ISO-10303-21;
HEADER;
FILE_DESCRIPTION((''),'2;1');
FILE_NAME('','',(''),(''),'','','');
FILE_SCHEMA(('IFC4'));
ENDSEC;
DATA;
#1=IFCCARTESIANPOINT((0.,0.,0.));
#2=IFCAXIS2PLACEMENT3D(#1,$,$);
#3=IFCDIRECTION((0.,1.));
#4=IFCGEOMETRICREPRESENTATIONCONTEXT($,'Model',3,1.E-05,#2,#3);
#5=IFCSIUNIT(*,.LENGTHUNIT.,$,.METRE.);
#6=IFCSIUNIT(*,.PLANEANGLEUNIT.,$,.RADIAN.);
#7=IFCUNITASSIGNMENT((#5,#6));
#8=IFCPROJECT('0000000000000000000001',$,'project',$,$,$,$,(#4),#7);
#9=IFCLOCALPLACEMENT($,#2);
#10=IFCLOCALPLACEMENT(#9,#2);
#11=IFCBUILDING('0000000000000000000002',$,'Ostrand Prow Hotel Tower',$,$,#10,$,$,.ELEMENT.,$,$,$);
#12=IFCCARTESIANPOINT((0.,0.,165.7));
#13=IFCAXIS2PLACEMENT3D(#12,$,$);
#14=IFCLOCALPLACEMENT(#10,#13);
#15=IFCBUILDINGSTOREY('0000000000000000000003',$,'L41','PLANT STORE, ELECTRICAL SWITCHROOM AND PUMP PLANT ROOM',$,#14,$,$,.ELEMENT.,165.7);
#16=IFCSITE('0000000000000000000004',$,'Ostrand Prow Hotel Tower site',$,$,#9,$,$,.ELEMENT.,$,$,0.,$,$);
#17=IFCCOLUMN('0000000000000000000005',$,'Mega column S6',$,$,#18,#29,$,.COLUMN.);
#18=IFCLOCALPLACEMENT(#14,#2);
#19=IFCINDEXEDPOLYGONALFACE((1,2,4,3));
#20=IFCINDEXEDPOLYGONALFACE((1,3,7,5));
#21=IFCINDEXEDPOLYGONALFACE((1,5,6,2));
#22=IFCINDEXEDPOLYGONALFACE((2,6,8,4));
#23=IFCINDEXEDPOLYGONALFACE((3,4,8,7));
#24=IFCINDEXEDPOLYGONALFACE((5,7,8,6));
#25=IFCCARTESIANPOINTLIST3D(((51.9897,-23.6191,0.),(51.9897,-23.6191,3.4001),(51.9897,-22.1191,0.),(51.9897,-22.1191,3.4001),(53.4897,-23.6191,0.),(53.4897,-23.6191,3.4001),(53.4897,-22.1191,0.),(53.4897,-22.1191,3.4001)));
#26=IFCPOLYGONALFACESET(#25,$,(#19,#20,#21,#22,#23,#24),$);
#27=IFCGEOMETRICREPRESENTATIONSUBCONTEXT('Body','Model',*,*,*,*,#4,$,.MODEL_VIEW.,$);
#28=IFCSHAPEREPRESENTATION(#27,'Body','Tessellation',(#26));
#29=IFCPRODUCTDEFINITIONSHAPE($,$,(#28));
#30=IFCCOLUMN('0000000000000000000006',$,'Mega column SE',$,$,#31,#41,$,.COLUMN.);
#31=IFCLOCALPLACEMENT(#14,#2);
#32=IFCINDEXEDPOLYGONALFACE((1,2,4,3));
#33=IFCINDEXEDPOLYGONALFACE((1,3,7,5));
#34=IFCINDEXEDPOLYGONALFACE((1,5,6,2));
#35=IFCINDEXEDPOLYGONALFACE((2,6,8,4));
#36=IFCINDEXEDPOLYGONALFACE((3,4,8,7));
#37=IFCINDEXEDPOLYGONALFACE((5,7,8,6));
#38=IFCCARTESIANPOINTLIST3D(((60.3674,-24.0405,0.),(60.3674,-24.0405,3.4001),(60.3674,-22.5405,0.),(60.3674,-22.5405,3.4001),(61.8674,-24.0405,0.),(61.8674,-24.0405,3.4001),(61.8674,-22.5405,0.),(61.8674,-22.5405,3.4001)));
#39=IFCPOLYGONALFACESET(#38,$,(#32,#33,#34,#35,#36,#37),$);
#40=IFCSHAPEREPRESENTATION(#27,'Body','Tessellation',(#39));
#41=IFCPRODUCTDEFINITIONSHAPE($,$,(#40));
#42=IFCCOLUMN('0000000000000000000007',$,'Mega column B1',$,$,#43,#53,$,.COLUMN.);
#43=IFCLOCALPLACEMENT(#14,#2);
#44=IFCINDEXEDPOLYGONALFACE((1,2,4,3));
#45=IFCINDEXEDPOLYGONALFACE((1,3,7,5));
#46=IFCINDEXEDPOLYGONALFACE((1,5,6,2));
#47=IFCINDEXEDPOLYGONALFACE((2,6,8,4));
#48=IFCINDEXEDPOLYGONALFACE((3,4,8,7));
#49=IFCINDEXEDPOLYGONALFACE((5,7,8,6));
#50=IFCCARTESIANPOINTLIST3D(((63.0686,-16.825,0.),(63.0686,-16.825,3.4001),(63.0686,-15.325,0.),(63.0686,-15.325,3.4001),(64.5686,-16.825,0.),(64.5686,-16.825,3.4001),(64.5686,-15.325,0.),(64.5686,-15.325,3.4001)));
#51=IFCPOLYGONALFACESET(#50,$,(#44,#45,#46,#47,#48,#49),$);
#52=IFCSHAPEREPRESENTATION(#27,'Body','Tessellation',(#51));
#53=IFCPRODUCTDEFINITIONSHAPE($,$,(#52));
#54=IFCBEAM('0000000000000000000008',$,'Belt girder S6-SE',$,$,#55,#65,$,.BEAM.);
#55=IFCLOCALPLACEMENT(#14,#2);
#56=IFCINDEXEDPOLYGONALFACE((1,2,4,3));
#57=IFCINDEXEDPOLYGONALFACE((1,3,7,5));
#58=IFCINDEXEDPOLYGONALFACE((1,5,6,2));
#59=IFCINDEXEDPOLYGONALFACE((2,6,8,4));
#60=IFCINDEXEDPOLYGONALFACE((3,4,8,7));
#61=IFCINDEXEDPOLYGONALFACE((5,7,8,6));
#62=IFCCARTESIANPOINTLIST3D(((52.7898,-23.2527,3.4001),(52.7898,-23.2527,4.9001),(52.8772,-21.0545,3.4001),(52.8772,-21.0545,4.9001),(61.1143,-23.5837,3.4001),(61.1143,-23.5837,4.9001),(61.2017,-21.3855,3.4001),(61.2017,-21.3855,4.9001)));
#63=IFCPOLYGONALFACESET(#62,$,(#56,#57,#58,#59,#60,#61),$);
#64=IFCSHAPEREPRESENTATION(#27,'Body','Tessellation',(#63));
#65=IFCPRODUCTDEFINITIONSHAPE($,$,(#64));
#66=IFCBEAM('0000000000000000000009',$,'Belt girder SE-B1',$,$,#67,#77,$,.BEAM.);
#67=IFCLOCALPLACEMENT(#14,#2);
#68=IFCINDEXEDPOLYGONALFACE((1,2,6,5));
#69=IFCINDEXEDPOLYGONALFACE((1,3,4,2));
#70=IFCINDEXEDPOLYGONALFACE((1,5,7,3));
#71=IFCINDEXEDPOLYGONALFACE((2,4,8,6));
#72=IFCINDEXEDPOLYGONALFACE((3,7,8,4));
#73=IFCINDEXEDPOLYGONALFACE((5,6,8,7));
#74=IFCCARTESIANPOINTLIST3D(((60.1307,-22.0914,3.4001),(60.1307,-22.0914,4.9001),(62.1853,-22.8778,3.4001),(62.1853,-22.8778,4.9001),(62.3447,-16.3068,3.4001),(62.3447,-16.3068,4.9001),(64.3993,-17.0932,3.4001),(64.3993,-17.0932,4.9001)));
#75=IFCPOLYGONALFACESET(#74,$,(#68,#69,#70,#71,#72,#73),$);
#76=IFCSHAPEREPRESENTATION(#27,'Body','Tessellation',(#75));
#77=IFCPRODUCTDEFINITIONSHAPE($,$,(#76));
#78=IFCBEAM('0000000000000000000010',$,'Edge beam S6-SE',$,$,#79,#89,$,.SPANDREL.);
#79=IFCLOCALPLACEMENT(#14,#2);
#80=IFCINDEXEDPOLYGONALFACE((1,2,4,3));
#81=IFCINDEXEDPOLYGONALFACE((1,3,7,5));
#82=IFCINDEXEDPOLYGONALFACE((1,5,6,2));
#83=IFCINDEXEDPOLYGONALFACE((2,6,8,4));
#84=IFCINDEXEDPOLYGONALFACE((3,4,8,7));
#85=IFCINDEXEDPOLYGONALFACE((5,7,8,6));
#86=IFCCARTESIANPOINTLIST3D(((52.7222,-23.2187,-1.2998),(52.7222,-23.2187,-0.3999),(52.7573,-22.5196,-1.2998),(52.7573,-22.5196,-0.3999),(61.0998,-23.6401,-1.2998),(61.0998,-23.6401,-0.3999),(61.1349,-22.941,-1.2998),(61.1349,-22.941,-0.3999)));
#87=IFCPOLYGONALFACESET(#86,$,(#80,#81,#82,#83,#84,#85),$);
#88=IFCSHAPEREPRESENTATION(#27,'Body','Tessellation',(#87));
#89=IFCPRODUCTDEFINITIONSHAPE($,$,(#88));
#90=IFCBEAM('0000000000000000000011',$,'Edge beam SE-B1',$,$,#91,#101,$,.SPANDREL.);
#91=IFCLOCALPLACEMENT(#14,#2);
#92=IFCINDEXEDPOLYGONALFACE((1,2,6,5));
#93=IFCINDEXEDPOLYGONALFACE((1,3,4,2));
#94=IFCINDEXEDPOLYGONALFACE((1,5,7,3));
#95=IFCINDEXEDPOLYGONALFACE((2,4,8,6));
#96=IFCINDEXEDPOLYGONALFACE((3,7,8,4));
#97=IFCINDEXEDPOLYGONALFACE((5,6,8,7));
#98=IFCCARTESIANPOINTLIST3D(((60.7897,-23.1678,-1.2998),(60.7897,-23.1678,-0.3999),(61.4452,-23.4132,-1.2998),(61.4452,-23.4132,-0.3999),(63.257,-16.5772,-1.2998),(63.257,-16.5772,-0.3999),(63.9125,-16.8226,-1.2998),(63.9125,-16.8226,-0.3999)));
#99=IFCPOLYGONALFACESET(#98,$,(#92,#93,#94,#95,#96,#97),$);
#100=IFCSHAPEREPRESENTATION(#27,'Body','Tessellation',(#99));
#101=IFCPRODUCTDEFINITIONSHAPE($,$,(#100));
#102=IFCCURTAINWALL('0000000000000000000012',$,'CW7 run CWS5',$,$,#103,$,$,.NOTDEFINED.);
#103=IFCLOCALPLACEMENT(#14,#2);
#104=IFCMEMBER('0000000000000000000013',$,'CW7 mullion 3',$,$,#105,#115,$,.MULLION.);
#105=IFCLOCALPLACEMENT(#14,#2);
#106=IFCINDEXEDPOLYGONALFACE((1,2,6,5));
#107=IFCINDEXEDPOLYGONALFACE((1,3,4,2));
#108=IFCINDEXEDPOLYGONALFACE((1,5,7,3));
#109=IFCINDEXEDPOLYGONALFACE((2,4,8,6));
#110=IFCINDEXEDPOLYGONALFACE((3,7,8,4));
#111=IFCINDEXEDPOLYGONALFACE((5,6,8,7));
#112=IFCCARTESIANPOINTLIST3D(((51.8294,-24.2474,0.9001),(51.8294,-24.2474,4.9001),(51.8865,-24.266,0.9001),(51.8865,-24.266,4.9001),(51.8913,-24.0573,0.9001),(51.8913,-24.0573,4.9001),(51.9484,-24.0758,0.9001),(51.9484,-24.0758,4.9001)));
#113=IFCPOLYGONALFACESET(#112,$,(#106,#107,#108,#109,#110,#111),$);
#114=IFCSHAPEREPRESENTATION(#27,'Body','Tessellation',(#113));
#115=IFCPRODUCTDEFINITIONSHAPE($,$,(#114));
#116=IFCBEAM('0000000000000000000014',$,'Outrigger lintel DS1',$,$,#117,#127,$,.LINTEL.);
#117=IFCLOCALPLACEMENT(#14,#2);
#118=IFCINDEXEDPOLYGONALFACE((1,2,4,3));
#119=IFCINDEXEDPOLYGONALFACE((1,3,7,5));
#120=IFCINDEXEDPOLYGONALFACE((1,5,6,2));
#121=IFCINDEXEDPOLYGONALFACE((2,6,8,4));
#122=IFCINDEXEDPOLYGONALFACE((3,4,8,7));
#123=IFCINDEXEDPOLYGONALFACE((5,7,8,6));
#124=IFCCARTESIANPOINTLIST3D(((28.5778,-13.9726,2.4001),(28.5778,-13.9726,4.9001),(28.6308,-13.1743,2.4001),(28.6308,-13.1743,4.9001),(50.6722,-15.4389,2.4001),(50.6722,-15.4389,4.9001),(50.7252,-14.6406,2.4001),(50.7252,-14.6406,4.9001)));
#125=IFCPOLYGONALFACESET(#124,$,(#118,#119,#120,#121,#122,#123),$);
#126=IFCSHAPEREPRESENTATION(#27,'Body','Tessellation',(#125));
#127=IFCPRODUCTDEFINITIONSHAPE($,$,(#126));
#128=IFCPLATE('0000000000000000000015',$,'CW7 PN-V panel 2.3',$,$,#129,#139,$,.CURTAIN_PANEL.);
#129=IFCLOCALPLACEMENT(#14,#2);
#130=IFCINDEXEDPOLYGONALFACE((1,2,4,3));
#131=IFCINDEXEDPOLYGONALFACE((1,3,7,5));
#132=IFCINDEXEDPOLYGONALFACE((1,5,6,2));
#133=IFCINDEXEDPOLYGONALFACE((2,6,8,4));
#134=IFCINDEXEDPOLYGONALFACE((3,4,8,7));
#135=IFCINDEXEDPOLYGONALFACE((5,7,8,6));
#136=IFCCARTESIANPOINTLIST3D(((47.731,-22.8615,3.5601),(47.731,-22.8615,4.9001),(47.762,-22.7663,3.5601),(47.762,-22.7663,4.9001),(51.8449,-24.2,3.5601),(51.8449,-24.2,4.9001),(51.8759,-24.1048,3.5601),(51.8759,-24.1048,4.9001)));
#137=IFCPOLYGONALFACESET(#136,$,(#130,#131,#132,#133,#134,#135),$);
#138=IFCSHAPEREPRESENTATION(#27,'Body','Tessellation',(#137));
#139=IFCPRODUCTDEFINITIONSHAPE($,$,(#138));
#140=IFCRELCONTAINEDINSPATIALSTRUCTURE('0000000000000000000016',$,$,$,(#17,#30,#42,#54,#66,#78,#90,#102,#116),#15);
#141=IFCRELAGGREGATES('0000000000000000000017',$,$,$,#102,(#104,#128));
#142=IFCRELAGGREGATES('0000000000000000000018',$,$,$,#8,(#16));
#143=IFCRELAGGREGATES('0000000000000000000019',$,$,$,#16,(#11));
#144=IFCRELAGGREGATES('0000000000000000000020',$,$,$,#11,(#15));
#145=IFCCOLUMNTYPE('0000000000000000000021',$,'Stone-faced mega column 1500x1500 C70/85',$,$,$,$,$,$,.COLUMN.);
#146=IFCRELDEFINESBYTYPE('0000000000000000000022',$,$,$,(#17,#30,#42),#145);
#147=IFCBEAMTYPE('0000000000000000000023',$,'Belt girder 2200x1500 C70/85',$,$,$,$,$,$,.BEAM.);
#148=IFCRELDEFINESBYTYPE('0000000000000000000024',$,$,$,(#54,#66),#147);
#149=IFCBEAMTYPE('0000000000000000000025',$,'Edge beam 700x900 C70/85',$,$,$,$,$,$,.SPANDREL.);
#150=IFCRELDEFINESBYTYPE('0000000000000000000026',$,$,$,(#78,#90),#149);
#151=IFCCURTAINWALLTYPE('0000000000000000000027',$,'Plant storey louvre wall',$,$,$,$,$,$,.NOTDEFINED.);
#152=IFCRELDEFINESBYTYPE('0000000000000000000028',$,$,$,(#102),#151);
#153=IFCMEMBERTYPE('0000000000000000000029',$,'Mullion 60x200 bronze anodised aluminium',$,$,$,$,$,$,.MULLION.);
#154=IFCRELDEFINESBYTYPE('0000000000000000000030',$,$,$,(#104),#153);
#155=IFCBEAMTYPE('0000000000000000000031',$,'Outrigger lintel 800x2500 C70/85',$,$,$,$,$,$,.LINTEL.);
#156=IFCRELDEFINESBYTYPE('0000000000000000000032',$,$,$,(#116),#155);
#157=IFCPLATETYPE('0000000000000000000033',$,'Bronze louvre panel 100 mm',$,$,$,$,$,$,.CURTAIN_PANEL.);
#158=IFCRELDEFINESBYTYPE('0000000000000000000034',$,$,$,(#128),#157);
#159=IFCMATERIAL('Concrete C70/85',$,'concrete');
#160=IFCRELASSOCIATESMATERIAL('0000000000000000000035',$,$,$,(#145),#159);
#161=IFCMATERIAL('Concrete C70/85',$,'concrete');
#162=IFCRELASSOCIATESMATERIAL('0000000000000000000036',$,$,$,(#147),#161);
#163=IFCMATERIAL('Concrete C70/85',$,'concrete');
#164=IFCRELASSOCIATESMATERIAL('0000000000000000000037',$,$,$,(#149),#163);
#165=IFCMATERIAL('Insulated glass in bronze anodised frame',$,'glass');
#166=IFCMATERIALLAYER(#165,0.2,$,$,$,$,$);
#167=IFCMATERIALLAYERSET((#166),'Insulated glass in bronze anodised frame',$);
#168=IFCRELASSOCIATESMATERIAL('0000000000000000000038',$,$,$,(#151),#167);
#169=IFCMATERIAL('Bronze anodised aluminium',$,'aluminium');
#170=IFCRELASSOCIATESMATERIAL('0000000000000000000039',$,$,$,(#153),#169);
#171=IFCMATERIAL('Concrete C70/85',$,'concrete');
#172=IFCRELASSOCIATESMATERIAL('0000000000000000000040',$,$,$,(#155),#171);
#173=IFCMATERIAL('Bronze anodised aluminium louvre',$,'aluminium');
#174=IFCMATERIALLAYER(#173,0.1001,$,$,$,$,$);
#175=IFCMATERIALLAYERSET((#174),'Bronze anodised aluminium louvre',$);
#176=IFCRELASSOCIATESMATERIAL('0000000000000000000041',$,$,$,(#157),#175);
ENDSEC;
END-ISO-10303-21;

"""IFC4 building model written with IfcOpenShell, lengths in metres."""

from ifc_helpers import new_model, si_unit, direction, frame, origin, origin_2d, place, context, subcontext, project, spatial, rectangle, extrude, material, layer, layer_set, material_profile, profile_set, type_object, element, aggregate, save


model = new_model("IFC4")

# Units and contexts
model_context = context("Model", 3, precision=1e-05, world=origin(), true_north=direction((0.0, 1.0)))
body_context = subcontext(model_context, "Body", "Model", "MODEL_VIEW")
ifc_project = project(units=[si_unit("LENGTHUNIT", "METRE"), si_unit("PLANEANGLEUNIT", "RADIAN")], contexts=[model_context])

# Site, building, storey
site_placement = place(None, origin())
site = spatial("IfcSite", under=ifc_project, at=site_placement, Name="Ostrand Prow Hotel Tower site", CompositionType="ELEMENT", RefElevation=0.0)
building_placement = place(site_placement, origin())
building = spatial("IfcBuilding", under=site, at=building_placement, Name="Ostrand Prow Hotel Tower", CompositionType="ELEMENT")
storey_placement = place(building_placement, frame((0.0, 0.0, 165.7)))
storey = spatial("IfcBuildingStorey", under=building, at=storey_placement, Name="L41", Description="PLANT STORE, ELECTRICAL SWITCHROOM AND PUMP PLANT ROOM", CompositionType="ELEMENT", Elevation=165.7)

# Columns
ifc_material_1 = material(Name="Concrete C70/85", Category="concrete")
ifc_material_profile_1 = material_profile(ifc_material_1, rectangle(XDim=1.5, YDim=1.5, at=origin_2d()), Name="RC 1500x1500")
ifc_profile_set_1 = profile_set([ifc_material_profile_1], Name="Concrete C70/85")
column_type = type_object("IfcColumnType", Name="Stone-faced mega column 1500x1500 C70/85", PredefinedType="COLUMN", material=ifc_profile_set_1)
for number, where, z_axis, x_axis, name in (
    (1, (52.7397, -22.8691, 0.0), (0.0, 0.0, 1.0), (1.0, 0.0, 0.0), "Mega column S6"),
    (2, (61.1174, -23.2905, 0.0), (0.0, 0.0, 1.0), (1.0, 0.0, 0.0), "Mega column SE"),
    (3, (63.8186, -16.075, 0.0), (0.0, 0.0, 1.0), (1.0, 0.0, 0.0), "Mega column B1"),
):
    element("IfcColumn", number, at=place(storey_placement, frame(where, z_axis=z_axis, x_axis=x_axis)), inside=storey, type_object=column_type, Name=name, PredefinedType="COLUMN", context=body_context, shape_type="SweptSolid", body=[
        extrude(rectangle(XDim=1.5, YDim=1.5, at=origin_2d()), origin(), (0.0, 0.0, 1.0), 3.4001),
    ])

# Beams
ifc_material_2 = material(Name="Concrete C70/85", Category="concrete")
ifc_material_profile_2 = material_profile(ifc_material_2, rectangle(XDim=2.2, YDim=1.5, at=origin_2d()), Name="RC 2200x1500")
ifc_profile_set_2 = profile_set([ifc_material_profile_2], Name="Concrete C70/85")
beam_type_1 = type_object("IfcBeamType", Name="Belt girder 2200x1500 C70/85", PredefinedType="BEAM", material=ifc_profile_set_2)
beam_1_placement = place(storey_placement, frame((52.8335, -22.1536, 4.1501), z_axis=(0.99921, -0.039737, 0.0), x_axis=(0.039737, 0.99921, 0.0)))
element("IfcBeam", 4, at=beam_1_placement, inside=storey, type_object=beam_type_1, Name="Belt girder S6-SE", PredefinedType="BEAM", context=body_context, shape_type="SweptSolid", body=[
    extrude(rectangle(XDim=2.2, YDim=1.5, at=origin_2d()), origin(), (0.0, 0.0, 1.0), 8.3311),
])
beam_2_placement = place(storey_placement, frame((61.158, -22.4846, 4.1501), z_axis=(0.357465, 0.933926, 0.0), x_axis=(-0.933926, 0.357465, 0.0)))
element("IfcBeam", 5, at=beam_2_placement, inside=storey, type_object=beam_type_1, Name="Belt girder SE-B1", PredefinedType="BEAM", context=body_context, shape_type="SweptSolid", body=[
    extrude(rectangle(XDim=2.2, YDim=1.5, at=origin_2d()), origin(), (0.0, 0.0, 1.0), 6.1938),
])
ifc_material_3 = material(Name="Concrete C70/85", Category="concrete")
ifc_material_profile_3 = material_profile(ifc_material_3, rectangle(XDim=0.7, YDim=0.8999, at=origin_2d()), Name="RC 700x900")
ifc_profile_set_3 = profile_set([ifc_material_profile_3], Name="Concrete C70/85")
beam_type_2 = type_object("IfcBeamType", Name="Edge beam 700x900 C70/85", PredefinedType="SPANDREL", material=ifc_profile_set_3)
beam_3_placement = place(storey_placement, frame((52.7397, -22.8691, -0.8499), z_axis=(0.998737, -0.050235, 0.0), x_axis=(0.050235, 0.998737, 0.0)))
element("IfcBeam", 6, at=beam_3_placement, inside=storey, type_object=beam_type_2, Name="Edge beam S6-SE", PredefinedType="SPANDREL", context=body_context, shape_type="SweptSolid", body=[
    extrude(rectangle(XDim=0.7, YDim=0.8999, at=origin_2d()), origin(), (0.0, 0.0, 1.0), 8.3882),
])
beam_4_placement = place(storey_placement, frame((61.1174, -23.2905, -0.8499), z_axis=(0.350603, 0.936524, 0.0), x_axis=(-0.936524, 0.350603, 0.0)))
element("IfcBeam", 7, at=beam_4_placement, inside=storey, type_object=beam_type_2, Name="Edge beam SE-B1", PredefinedType="SPANDREL", context=body_context, shape_type="SweptSolid", body=[
    extrude(rectangle(XDim=0.7, YDim=0.8999, at=origin_2d()), origin(), (0.0, 0.0, 1.0), 7.0374),
])

# Curtain wall, member
ifc_material_4 = material(Name="Insulated glass in bronze anodised frame", Category="glass")
ifc_layer_1 = layer(ifc_material_4, 0.2)
ifc_layer_set_1 = layer_set([ifc_layer_1], Name="Insulated glass in bronze anodised frame")
curtain_wall_type = type_object("IfcCurtainWallType", Name="Plant storey louvre wall", PredefinedType="NOTDEFINED", material=ifc_layer_set_1)
curtain_wall_placement = place(storey_placement, origin())
curtain_wall = element("IfcCurtainWall", 8, at=curtain_wall_placement, inside=storey, type_object=curtain_wall_type, Name="CW7 run CWS5", PredefinedType="NOTDEFINED")
ifc_material_5 = material(Name="Bronze anodised aluminium", Category="aluminium")
ifc_material_profile_4 = material_profile(ifc_material_5, rectangle(XDim=0.2, YDim=0.0601, at=origin_2d()), Name="Mullion 60x200 bronze anodised aluminium")
ifc_profile_set_4 = profile_set([ifc_material_profile_4], Name="Bronze anodised aluminium")
member_type = type_object("IfcMemberType", Name="Mullion 60x200 bronze anodised aluminium", PredefinedType="MULLION", material=ifc_profile_set_4)
member_placement = place(storey_placement, frame((51.8889, -24.1616, 0.9001), z_axis=(0.0, 0.0, 1.0), x_axis=(0.30938, 0.950938, 0.0)))
member = element("IfcMember", 9, at=member_placement, type_object=member_type, Name="CW7 mullion 3", PredefinedType="MULLION", context=body_context, shape_type="SweptSolid", body=[
    extrude(rectangle(XDim=0.2, YDim=0.0601, at=origin_2d()), origin(), (0.0, 0.0, 1.0), 4.0),
])

# Beam
ifc_material_6 = material(Name="Concrete C70/85", Category="concrete")
ifc_material_profile_5 = material_profile(ifc_material_6, rectangle(XDim=0.8, YDim=2.5, at=origin_2d()), Name="RC 800x2500")
ifc_profile_set_5 = profile_set([ifc_material_profile_5], Name="Concrete C70/85")
beam_type_3 = type_object("IfcBeamType", Name="Outrigger lintel 800x2500 C70/85", PredefinedType="LINTEL", material=ifc_profile_set_5)
beam_5_placement = place(storey_placement, frame((50.6987, -15.0398, 3.6501), z_axis=(-0.997805, 0.06622, 0.0), x_axis=(-0.06622, -0.997805, 0.0)))
element("IfcBeam", 10, at=beam_5_placement, inside=storey, type_object=beam_type_3, Name="Outrigger lintel DS1", PredefinedType="LINTEL", context=body_context, shape_type="SweptSolid", body=[
    extrude(rectangle(XDim=0.8, YDim=2.5, at=origin_2d()), origin(), (0.0, 0.0, 1.0), 22.1431),
])

# Plate
ifc_material_7 = material(Name="Bronze anodised aluminium louvre", Category="aluminium")
ifc_layer_2 = layer(ifc_material_7, 0.1001)
ifc_layer_set_2 = layer_set([ifc_layer_2], Name="Bronze anodised aluminium louvre")
plate_type = type_object("IfcPlateType", Name="Bronze louvre panel 100 mm", PredefinedType="CURTAIN_PANEL", material=ifc_layer_set_2)
plate_placement = place(storey_placement, frame((49.8035, -23.4832, 3.5601), z_axis=(0.0, 0.0, 1.0), x_axis=(0.950938, -0.30938, 0.0)))
plate = element("IfcPlate", 11, at=plate_placement, type_object=plate_type, Name="CW7 PN-V panel 2.3", PredefinedType="CURTAIN_PANEL", context=body_context, shape_type="SweptSolid", body=[
    extrude(rectangle(XDim=4.3262, YDim=0.1001, at=origin_2d()), origin(), (0.0, 0.0, 1.0), 1.3401),
])
aggregate(curtain_wall, [member, plate])

save(model, "model.ifc")
